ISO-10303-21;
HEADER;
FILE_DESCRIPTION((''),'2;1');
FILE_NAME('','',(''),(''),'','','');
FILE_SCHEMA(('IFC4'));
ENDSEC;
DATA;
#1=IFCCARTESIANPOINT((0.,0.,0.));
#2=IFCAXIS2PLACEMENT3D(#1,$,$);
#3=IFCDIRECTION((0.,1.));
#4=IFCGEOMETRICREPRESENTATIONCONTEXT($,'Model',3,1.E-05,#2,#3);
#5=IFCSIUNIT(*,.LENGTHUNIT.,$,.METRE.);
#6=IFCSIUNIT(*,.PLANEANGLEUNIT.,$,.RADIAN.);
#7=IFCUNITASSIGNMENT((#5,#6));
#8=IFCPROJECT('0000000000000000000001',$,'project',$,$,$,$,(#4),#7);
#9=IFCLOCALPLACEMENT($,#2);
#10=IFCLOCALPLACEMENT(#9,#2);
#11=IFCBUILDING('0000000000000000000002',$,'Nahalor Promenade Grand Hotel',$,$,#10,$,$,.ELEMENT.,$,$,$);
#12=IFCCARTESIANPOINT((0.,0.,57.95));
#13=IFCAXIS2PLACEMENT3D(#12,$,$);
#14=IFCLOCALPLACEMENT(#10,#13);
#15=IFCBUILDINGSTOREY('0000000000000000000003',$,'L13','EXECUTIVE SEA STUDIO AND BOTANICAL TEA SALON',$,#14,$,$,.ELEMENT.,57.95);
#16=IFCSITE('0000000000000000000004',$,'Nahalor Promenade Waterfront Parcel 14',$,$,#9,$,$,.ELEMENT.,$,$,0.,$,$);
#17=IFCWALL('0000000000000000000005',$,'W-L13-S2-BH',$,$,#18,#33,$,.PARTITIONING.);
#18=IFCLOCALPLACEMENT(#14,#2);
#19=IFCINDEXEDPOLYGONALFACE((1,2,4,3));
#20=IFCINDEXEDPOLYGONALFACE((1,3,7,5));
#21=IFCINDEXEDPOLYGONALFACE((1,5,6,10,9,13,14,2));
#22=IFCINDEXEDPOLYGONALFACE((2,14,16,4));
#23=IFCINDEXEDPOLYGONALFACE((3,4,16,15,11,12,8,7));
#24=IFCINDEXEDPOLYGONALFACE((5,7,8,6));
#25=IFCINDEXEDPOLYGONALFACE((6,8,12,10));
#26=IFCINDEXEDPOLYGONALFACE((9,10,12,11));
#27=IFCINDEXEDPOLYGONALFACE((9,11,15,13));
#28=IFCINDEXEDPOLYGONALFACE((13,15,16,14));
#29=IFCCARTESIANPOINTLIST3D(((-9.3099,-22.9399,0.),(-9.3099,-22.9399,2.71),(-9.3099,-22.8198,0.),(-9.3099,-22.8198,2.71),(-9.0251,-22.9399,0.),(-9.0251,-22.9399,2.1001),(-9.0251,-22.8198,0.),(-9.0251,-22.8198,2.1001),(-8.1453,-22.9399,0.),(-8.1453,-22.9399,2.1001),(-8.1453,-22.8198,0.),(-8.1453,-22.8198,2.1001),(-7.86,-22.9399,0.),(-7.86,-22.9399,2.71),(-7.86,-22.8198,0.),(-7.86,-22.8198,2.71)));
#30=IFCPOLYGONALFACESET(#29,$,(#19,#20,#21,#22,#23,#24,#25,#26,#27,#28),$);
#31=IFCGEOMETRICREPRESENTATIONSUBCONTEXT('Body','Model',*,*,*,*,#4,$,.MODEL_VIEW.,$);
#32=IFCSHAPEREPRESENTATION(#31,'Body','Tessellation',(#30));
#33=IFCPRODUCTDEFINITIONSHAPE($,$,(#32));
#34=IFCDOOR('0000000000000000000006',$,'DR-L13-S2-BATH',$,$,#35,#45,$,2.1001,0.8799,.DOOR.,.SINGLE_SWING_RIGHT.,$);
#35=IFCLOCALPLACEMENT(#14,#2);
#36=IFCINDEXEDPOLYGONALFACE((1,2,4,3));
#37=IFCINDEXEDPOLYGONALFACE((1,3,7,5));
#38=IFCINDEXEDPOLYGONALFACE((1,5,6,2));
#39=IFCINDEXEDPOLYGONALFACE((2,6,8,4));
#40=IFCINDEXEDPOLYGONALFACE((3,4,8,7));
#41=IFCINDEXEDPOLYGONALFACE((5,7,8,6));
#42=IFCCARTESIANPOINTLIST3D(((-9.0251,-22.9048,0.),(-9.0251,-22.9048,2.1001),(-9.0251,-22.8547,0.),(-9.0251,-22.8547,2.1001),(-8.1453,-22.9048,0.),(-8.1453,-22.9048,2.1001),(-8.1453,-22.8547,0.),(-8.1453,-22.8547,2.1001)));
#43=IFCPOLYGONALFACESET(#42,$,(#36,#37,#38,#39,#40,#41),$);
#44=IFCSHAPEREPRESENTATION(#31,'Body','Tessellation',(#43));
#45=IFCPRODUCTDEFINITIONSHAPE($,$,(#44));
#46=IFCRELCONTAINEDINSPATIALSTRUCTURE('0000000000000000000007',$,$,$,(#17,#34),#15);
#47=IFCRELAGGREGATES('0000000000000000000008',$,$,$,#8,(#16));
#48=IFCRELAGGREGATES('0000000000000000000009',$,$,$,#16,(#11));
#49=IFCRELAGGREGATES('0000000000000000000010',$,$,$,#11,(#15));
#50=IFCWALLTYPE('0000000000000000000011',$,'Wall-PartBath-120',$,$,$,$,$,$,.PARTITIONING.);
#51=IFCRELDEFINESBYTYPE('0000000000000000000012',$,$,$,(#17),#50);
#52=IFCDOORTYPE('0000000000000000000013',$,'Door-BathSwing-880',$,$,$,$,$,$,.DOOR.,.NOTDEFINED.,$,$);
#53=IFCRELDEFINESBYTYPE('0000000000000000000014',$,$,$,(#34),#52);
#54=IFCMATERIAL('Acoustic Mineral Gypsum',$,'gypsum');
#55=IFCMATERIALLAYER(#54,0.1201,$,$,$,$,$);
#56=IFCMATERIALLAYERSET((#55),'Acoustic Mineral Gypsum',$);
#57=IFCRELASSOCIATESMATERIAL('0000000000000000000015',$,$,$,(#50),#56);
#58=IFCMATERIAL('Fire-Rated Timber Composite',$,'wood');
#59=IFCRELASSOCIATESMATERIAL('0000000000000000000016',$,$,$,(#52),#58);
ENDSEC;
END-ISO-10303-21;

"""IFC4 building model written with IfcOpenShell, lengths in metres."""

from ifc_helpers import new_model, si_unit, direction, frame, frame_2d, origin, place, context, subcontext, project, spatial, rectangle, extrude, source, transform, mapped, material, layer, layer_set, type_object, element, fill, save


model = new_model("IFC4")

# Units and contexts
model_context = context("Model", 3, precision=1e-05, world=origin(), true_north=direction((0.0, 1.0)))
body_context = subcontext(model_context, "Body", "Model", "MODEL_VIEW")
ifc_project = project(units=[si_unit("LENGTHUNIT", "METRE"), si_unit("PLANEANGLEUNIT", "RADIAN")], contexts=[model_context])

# Site, building, storey
site_placement = place(None, origin())
site = spatial("IfcSite", under=ifc_project, at=site_placement, Name="Nahalor Promenade Waterfront Parcel 14", CompositionType="ELEMENT", RefElevation=0.0)
building_placement = place(site_placement, origin())
building = spatial("IfcBuilding", under=site, at=building_placement, Name="Nahalor Promenade Grand Hotel", CompositionType="ELEMENT")
storey_placement = place(building_placement, frame((0.0, 0.0, 57.95)))
storey = spatial("IfcBuildingStorey", under=building, at=storey_placement, Name="L13", Description="EXECUTIVE SEA STUDIO AND BOTANICAL TEA SALON", CompositionType="ELEMENT", Elevation=57.95)

# Shared definitions
ifc_material_1 = material(Name="Acoustic Mineral Gypsum", Category="gypsum")
ifc_layer_1 = layer(ifc_material_1, 0.1201)
ifc_layer_set_1 = layer_set([ifc_layer_1], Name="Acoustic Mineral Gypsum")
wall_type_1 = type_object("IfcWallType", Name="Wall-PartBath-120", PredefinedType="PARTITIONING", material=ifc_layer_set_1)

# Wall, opening, door
shared_shape_1 = source(origin(), body_context, "Body", "SweptSolid", [
    extrude(rectangle(XDim=1.45, YDim=0.1201, at=frame_2d((0.7251, 0.0))), origin(), (0.0, 0.0, 1.0), 2.71),
])
wall_1_placement = place(storey_placement, frame((-9.3101, -22.8799, 0.0), z_axis=(0.0, 0.0, 1.0), x_axis=(1.0, 0.0, 0.0)))
wall_1 = element("IfcWall", 1, at=wall_1_placement, inside=storey, type_object=wall_type_1, Name="W-L13-S2-BH", PredefinedType="PARTITIONING", context=body_context, shape_type="MappedRepresentation", body=[
    mapped(shared_shape_1, transform((0.0, 0.0, 0.0), scale=1.0)),
])
opening_placement = place(wall_1_placement, frame((0.2849, 0.0, 0.0)))
opening = element("IfcOpeningElement", 2, at=opening_placement, cuts=wall_1, PredefinedType="OPENING", context=body_context, shape_type="SweptSolid", body=[
    extrude(rectangle(XDim=0.8799, YDim=2.1001, at=frame_2d((0.4399, 1.05))), frame((0.0, 0.0701, 0.0), z_axis=(0.0, -1.0, 0.0), x_axis=(1.0, 0.0, 0.0)), (0.0, 0.0, 1.0), 0.1401),
])
ifc_material_2 = material(Name="Fire-Rated Timber Composite", Category="wood")
door_type = type_object("IfcDoorType", Name="Door-BathSwing-880", OperationType="NOTDEFINED", PredefinedType="DOOR", material=ifc_material_2)
shared_shape_2 = source(origin(), body_context, "Body", "SweptSolid", [
    extrude(rectangle(XDim=0.8799, YDim=2.1001, at=frame_2d((0.4399, 1.05))), frame((0.0, 0.0249, 0.0), z_axis=(0.0, -1.0, 0.0), x_axis=(1.0, 0.0, 0.0)), (0.0, 0.0, 1.0), 0.05),
])
door_placement = place(opening_placement, frame((0.8799, 0.0, 0.0), z_axis=(0.0, 0.0, 1.0), x_axis=(-1.0, 0.0, 0.0)))
door = element("IfcDoor", 3, at=door_placement, inside=storey, type_object=door_type, Name="DR-L13-S2-BATH", OperationType="SINGLE_SWING_RIGHT", OverallHeight=2.1001, OverallWidth=0.8799, PredefinedType="DOOR", context=body_context, shape_type="MappedRepresentation", body=[
    mapped(shared_shape_2, transform((0.0, 0.0, 0.0), scale=1.0)),
])
fill(opening, door)

save(model, "model.ifc")
